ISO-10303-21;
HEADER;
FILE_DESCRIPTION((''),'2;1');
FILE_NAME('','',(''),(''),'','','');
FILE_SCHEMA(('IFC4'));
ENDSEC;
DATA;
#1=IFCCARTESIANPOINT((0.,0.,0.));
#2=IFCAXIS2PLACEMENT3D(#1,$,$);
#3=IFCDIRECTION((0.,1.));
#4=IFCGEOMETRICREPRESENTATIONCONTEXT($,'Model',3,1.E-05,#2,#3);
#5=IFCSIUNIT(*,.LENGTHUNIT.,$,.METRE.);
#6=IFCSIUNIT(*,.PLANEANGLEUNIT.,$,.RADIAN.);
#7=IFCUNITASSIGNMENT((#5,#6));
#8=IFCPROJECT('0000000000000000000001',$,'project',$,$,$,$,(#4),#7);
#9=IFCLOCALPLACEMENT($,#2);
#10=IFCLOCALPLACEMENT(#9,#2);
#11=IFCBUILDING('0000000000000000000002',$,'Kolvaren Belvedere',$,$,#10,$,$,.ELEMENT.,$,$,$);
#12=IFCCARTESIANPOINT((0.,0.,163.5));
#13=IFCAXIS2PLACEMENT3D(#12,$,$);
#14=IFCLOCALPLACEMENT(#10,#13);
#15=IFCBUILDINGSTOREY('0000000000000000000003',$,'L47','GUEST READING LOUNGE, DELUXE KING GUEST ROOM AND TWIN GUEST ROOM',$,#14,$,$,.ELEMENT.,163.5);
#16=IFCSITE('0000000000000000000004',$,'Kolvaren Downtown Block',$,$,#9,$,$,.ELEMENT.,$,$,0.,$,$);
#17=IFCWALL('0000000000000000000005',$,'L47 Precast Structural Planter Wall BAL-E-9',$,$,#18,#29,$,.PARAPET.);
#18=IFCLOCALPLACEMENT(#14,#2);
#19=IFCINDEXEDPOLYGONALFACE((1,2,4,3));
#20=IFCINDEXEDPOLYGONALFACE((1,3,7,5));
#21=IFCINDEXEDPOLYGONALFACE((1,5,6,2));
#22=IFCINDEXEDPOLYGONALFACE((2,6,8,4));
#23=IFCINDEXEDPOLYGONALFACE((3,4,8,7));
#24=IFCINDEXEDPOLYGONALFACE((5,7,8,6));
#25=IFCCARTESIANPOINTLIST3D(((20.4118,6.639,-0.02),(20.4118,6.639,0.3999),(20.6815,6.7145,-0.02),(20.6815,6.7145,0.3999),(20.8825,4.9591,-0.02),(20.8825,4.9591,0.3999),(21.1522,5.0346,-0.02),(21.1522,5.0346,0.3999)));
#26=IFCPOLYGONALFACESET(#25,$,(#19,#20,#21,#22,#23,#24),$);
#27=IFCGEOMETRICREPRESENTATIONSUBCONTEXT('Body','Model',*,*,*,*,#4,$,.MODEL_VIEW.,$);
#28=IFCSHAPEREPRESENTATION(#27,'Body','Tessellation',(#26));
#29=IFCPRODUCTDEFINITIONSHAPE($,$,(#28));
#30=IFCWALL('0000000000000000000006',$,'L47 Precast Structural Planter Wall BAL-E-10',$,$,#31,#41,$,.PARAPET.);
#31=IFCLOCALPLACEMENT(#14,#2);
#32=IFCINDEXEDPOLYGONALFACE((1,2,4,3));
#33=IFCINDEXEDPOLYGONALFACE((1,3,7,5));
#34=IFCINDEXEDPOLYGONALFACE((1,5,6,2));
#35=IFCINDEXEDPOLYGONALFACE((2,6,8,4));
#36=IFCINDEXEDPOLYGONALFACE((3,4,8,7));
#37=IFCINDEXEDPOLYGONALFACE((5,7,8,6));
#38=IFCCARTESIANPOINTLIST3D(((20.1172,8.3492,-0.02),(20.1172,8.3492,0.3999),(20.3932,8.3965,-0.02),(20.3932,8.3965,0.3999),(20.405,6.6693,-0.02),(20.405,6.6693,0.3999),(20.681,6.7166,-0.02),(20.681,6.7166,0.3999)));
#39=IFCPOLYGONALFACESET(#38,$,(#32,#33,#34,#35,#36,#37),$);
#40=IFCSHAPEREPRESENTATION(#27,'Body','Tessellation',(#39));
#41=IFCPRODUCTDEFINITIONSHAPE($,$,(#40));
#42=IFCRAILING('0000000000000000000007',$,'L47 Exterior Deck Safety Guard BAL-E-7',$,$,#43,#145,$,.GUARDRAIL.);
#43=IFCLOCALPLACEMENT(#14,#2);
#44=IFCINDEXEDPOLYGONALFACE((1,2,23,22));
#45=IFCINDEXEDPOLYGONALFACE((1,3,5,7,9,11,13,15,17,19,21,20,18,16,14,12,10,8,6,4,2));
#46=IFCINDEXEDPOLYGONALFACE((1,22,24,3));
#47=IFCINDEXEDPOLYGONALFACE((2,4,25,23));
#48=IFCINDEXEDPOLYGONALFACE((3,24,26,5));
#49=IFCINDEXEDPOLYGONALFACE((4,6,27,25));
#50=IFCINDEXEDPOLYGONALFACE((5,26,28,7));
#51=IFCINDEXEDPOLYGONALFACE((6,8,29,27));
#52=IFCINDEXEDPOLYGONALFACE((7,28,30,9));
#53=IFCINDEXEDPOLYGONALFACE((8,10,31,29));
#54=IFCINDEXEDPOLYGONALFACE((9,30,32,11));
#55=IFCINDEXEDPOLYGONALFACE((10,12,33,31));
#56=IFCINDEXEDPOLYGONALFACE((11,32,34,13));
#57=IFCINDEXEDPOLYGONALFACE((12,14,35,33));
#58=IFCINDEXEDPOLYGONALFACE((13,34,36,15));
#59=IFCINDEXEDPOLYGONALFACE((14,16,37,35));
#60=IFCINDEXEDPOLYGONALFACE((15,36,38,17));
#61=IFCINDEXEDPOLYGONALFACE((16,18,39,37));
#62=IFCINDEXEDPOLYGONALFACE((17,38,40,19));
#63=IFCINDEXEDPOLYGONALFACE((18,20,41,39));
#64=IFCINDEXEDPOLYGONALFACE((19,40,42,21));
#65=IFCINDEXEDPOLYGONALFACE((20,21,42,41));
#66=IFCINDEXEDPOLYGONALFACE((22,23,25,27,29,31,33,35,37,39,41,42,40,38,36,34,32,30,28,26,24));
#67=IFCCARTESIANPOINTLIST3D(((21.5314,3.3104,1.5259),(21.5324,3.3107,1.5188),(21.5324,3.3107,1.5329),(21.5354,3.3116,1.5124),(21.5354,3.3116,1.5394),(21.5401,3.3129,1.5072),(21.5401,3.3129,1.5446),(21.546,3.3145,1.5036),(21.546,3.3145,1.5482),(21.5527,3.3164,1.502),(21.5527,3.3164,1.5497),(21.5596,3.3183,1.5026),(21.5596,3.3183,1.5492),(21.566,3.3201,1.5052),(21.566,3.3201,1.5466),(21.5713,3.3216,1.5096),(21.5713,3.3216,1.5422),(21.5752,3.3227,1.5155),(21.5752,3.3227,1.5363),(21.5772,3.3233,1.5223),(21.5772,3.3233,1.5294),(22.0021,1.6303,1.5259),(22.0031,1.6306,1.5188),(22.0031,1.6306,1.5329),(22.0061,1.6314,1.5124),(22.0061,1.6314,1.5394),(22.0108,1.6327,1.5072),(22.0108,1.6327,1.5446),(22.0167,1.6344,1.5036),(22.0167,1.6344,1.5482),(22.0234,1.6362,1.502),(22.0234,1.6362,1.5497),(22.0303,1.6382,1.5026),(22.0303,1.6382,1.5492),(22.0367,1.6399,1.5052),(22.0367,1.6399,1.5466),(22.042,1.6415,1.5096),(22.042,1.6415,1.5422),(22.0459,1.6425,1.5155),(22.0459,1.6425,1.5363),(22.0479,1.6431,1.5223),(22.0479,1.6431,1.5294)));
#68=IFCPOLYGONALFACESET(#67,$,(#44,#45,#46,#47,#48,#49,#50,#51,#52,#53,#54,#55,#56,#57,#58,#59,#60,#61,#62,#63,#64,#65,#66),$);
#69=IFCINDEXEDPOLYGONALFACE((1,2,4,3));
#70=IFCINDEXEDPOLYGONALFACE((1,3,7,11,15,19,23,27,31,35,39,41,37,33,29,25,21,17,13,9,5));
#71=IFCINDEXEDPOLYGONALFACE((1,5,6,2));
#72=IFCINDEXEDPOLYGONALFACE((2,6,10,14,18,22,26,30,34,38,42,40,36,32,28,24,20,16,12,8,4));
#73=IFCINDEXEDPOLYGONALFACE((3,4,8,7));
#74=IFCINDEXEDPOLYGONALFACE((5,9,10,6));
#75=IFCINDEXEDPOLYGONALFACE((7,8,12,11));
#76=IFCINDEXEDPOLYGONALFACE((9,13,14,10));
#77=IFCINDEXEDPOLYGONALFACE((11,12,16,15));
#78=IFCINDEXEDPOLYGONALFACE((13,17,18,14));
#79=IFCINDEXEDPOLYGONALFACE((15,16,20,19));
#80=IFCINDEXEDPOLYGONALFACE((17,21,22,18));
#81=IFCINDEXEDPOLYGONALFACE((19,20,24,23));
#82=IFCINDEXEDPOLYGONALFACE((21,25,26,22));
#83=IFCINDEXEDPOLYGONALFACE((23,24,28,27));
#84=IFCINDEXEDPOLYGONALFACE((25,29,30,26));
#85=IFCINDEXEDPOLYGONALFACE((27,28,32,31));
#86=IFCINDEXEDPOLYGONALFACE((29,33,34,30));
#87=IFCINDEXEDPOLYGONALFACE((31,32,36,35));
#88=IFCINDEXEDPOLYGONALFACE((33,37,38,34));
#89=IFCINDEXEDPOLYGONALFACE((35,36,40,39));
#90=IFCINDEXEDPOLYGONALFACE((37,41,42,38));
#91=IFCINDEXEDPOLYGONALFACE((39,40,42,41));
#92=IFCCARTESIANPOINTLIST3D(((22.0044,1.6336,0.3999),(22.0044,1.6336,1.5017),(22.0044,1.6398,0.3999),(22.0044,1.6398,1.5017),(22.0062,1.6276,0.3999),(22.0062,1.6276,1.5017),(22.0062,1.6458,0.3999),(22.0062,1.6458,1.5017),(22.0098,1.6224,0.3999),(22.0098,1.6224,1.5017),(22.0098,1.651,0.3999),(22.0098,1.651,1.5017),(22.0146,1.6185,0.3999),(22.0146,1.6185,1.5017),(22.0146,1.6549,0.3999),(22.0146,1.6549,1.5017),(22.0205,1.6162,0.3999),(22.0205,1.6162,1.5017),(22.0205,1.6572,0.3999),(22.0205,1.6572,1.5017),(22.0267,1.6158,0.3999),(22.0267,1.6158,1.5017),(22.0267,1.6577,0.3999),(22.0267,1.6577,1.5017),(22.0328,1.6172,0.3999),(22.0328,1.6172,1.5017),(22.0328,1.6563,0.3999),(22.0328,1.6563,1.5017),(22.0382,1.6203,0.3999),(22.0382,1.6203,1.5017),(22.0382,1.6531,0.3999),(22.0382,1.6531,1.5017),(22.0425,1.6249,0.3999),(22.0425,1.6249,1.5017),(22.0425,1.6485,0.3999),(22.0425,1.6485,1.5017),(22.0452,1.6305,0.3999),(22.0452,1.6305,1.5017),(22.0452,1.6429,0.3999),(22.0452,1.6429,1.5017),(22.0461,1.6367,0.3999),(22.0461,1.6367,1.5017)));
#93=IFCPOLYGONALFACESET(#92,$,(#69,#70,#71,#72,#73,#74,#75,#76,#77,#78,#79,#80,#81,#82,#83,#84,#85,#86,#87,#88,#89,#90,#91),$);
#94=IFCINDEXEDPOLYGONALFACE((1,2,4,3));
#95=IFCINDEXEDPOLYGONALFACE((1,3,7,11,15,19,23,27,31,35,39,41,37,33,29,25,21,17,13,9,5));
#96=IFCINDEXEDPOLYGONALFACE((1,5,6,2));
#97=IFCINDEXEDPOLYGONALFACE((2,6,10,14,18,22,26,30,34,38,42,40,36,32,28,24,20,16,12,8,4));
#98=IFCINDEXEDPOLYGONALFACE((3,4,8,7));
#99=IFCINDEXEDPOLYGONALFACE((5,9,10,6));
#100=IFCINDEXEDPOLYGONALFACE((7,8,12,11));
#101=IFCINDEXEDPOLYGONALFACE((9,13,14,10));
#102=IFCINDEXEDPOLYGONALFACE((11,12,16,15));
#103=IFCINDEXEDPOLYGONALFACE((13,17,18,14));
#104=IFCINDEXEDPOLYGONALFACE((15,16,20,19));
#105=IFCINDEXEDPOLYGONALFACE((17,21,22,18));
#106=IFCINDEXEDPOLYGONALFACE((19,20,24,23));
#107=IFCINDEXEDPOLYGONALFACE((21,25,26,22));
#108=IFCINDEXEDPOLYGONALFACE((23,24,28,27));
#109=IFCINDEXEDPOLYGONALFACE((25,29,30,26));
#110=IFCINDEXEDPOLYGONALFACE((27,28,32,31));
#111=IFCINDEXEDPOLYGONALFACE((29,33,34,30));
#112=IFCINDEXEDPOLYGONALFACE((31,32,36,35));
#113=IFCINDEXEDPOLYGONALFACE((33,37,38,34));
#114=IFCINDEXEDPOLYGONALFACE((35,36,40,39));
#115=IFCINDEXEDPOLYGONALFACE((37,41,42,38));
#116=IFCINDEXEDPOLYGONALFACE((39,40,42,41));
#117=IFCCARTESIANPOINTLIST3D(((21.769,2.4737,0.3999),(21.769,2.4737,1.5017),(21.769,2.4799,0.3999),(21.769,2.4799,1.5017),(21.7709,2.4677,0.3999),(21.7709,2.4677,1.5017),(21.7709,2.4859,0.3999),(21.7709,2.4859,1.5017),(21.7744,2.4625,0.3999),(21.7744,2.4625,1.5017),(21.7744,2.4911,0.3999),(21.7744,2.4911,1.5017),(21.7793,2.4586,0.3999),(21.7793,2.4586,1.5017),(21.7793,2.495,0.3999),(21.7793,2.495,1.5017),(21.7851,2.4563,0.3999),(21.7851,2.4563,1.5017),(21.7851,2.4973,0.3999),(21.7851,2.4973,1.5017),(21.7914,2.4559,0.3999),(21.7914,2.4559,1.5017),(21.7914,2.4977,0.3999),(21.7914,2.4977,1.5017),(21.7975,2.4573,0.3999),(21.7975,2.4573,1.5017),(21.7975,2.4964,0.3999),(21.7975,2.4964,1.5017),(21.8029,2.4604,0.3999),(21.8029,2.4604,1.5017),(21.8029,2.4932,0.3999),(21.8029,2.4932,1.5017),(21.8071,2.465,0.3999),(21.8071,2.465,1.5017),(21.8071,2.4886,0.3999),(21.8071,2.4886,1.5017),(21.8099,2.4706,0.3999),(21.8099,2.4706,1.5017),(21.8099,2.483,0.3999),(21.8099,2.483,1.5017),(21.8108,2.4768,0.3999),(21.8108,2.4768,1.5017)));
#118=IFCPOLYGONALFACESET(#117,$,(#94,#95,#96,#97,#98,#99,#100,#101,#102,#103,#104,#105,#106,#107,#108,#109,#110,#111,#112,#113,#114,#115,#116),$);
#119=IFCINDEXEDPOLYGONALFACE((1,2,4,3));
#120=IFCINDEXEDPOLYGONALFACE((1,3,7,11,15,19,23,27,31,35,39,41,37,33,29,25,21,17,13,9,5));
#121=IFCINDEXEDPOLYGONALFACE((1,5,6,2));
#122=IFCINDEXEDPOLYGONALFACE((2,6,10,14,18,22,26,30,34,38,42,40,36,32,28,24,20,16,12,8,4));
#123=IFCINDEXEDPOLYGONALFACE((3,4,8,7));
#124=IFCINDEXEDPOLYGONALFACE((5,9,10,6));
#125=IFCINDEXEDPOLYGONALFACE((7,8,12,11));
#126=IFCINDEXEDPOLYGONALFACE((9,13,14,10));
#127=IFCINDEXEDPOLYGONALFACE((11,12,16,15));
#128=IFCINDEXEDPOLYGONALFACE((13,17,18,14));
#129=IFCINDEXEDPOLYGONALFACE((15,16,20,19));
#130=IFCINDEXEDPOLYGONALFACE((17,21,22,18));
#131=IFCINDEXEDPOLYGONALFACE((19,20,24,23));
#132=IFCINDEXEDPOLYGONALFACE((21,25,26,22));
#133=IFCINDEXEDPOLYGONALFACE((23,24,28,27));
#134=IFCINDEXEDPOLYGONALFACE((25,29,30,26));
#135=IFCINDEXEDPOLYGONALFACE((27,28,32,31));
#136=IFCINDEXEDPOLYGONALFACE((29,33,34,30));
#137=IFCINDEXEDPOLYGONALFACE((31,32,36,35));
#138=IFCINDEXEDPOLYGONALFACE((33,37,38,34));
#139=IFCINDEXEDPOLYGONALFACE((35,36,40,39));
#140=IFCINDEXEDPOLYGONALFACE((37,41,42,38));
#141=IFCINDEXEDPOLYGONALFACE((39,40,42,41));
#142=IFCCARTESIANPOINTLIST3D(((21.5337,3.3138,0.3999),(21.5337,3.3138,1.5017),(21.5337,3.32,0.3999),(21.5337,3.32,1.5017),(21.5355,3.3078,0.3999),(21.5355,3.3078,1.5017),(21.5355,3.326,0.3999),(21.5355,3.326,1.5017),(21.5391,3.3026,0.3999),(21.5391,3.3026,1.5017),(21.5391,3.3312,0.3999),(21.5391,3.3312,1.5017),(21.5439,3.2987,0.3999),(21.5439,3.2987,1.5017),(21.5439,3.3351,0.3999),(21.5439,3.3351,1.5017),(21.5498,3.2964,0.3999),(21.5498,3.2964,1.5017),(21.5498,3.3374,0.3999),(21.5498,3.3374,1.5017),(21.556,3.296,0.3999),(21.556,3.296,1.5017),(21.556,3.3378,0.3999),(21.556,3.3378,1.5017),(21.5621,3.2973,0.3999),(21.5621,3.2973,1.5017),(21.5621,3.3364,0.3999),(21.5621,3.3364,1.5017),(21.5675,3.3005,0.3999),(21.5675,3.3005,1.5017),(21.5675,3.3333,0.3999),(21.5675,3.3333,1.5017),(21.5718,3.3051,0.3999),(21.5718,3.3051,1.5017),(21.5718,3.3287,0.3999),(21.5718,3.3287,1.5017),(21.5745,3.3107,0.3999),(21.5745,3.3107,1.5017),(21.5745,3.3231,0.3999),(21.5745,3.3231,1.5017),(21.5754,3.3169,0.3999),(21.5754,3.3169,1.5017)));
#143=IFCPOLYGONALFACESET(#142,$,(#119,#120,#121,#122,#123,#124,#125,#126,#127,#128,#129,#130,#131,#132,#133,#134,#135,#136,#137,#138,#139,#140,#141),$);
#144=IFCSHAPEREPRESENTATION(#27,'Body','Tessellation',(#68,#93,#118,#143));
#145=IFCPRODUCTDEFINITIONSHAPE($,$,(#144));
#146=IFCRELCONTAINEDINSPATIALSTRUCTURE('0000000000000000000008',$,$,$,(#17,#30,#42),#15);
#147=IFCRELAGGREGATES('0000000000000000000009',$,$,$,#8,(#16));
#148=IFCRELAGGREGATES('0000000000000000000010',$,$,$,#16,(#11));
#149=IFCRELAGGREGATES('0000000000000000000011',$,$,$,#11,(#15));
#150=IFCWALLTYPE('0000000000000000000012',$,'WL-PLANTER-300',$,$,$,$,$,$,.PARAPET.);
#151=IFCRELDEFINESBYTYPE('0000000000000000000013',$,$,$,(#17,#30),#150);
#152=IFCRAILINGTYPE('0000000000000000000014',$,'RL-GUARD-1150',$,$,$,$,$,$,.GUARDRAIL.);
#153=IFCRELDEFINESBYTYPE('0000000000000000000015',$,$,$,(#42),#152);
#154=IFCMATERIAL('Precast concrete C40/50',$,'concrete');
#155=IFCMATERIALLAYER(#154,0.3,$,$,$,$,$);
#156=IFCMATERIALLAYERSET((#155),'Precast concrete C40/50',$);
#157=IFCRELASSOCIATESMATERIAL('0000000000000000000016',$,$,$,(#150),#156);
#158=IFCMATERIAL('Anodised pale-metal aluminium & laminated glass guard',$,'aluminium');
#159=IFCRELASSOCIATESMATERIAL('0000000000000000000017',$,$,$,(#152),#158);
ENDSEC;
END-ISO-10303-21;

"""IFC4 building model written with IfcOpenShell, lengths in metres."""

from ifc_helpers import new_model, si_unit, direction, frame, frame_2d, origin, origin_2d, place, context, subcontext, project, spatial, rectangle, circle, extrude, material, layer, layer_set, type_object, element, save


model = new_model("IFC4")

# Units and contexts
model_context = context("Model", 3, precision=1e-05, world=origin(), true_north=direction((0.0, 1.0)))
body_context = subcontext(model_context, "Body", "Model", "MODEL_VIEW")
ifc_project = project(units=[si_unit("LENGTHUNIT", "METRE"), si_unit("PLANEANGLEUNIT", "RADIAN")], contexts=[model_context])

# Site, building, storey
site_placement = place(None, origin())
site = spatial("IfcSite", under=ifc_project, at=site_placement, Name="Kolvaren Downtown Block", CompositionType="ELEMENT", RefElevation=0.0)
building_placement = place(site_placement, origin())
building = spatial("IfcBuilding", under=site, at=building_placement, Name="Kolvaren Belvedere", CompositionType="ELEMENT")
storey_placement = place(building_placement, frame((0.0, 0.0, 163.5)))
storey = spatial("IfcBuildingStorey", under=building, at=storey_placement, Name="L47", Description="GUEST READING LOUNGE, DELUXE KING GUEST ROOM AND TWIN GUEST ROOM", CompositionType="ELEMENT", Elevation=163.5)

# Walls
ifc_material_1 = material(Name="Precast concrete C40/50", Category="concrete")
ifc_layer_1 = layer(ifc_material_1, 0.3)
ifc_layer_set_1 = layer_set([ifc_layer_1], Name="Precast concrete C40/50")
wall_type_1 = type_object("IfcWallType", Name="WL-PLANTER-300", PredefinedType="PARAPET", material=ifc_layer_set_1)
wall_1_placement = place(storey_placement, frame((21.0173, 4.9968, -0.02), z_axis=(0.0, 0.0, 1.0), x_axis=(-0.269801, 0.962916, 0.0)))
element("IfcWall", 1, at=wall_1_placement, inside=storey, type_object=wall_type_1, Name="L47 Precast Structural Planter Wall BAL-E-9", PredefinedType="PARAPET", context=body_context, shape_type="SweptSolid", body=[
    extrude(rectangle(XDim=1.7446, YDim=0.28, at=frame_2d((0.8723, 0.0))), origin(), (0.0, 0.0, 1.0), 0.4199),
])
wall_2_placement = place(storey_placement, frame((20.543, 6.6931, -0.02), z_axis=(0.0, 0.0, 1.0), x_axis=(-0.16888, 0.985637, 0.0)))
element("IfcWall", 2, at=wall_2_placement, inside=storey, type_object=wall_type_1, Name="L47 Precast Structural Planter Wall BAL-E-10", PredefinedType="PARAPET", context=body_context, shape_type="SweptSolid", body=[
    extrude(rectangle(XDim=1.7043, YDim=0.28, at=frame_2d((0.8521, 0.0))), origin(), (0.0, 0.0, 1.0), 0.4199),
])

# Railing
ifc_material_2 = material(Name="Anodised pale-metal aluminium & laminated glass guard", Category="aluminium")
railing_type = type_object("IfcRailingType", Name="RL-GUARD-1150", PredefinedType="GUARDRAIL", material=ifc_material_2)
railing_1_placement = place(storey_placement, frame((22.0251, 1.6367, 0.3999)))
element("IfcRailing", 3, at=railing_1_placement, inside=storey, type_object=railing_type, Name="L47 Exterior Deck Safety Guard BAL-E-7", PredefinedType="GUARDRAIL", context=body_context, shape_type="SweptSolid", body=[
    extrude(circle(Radius=0.0239, at=origin_2d()), frame((0.0, 0.0, 1.126), z_axis=(-0.269765, 0.962926, 0.0), x_axis=(-0.962926, -0.269765, 0.0)), (0.0, 0.0, 1.0), 1.7449),
    extrude(circle(Radius=0.021, at=origin_2d()), origin(), (0.0, 0.0, 1.0), 1.1018),
    extrude(circle(Radius=0.021, at=origin_2d()), frame((-0.2354, 0.8401, 0.0)), (0.0, 0.0, 1.0), 1.1018),
    extrude(circle(Radius=0.021, at=origin_2d()), frame((-0.4707, 1.6802, 0.0)), (0.0, 0.0, 1.0), 1.1018),
])

save(model, "model.ifc")
